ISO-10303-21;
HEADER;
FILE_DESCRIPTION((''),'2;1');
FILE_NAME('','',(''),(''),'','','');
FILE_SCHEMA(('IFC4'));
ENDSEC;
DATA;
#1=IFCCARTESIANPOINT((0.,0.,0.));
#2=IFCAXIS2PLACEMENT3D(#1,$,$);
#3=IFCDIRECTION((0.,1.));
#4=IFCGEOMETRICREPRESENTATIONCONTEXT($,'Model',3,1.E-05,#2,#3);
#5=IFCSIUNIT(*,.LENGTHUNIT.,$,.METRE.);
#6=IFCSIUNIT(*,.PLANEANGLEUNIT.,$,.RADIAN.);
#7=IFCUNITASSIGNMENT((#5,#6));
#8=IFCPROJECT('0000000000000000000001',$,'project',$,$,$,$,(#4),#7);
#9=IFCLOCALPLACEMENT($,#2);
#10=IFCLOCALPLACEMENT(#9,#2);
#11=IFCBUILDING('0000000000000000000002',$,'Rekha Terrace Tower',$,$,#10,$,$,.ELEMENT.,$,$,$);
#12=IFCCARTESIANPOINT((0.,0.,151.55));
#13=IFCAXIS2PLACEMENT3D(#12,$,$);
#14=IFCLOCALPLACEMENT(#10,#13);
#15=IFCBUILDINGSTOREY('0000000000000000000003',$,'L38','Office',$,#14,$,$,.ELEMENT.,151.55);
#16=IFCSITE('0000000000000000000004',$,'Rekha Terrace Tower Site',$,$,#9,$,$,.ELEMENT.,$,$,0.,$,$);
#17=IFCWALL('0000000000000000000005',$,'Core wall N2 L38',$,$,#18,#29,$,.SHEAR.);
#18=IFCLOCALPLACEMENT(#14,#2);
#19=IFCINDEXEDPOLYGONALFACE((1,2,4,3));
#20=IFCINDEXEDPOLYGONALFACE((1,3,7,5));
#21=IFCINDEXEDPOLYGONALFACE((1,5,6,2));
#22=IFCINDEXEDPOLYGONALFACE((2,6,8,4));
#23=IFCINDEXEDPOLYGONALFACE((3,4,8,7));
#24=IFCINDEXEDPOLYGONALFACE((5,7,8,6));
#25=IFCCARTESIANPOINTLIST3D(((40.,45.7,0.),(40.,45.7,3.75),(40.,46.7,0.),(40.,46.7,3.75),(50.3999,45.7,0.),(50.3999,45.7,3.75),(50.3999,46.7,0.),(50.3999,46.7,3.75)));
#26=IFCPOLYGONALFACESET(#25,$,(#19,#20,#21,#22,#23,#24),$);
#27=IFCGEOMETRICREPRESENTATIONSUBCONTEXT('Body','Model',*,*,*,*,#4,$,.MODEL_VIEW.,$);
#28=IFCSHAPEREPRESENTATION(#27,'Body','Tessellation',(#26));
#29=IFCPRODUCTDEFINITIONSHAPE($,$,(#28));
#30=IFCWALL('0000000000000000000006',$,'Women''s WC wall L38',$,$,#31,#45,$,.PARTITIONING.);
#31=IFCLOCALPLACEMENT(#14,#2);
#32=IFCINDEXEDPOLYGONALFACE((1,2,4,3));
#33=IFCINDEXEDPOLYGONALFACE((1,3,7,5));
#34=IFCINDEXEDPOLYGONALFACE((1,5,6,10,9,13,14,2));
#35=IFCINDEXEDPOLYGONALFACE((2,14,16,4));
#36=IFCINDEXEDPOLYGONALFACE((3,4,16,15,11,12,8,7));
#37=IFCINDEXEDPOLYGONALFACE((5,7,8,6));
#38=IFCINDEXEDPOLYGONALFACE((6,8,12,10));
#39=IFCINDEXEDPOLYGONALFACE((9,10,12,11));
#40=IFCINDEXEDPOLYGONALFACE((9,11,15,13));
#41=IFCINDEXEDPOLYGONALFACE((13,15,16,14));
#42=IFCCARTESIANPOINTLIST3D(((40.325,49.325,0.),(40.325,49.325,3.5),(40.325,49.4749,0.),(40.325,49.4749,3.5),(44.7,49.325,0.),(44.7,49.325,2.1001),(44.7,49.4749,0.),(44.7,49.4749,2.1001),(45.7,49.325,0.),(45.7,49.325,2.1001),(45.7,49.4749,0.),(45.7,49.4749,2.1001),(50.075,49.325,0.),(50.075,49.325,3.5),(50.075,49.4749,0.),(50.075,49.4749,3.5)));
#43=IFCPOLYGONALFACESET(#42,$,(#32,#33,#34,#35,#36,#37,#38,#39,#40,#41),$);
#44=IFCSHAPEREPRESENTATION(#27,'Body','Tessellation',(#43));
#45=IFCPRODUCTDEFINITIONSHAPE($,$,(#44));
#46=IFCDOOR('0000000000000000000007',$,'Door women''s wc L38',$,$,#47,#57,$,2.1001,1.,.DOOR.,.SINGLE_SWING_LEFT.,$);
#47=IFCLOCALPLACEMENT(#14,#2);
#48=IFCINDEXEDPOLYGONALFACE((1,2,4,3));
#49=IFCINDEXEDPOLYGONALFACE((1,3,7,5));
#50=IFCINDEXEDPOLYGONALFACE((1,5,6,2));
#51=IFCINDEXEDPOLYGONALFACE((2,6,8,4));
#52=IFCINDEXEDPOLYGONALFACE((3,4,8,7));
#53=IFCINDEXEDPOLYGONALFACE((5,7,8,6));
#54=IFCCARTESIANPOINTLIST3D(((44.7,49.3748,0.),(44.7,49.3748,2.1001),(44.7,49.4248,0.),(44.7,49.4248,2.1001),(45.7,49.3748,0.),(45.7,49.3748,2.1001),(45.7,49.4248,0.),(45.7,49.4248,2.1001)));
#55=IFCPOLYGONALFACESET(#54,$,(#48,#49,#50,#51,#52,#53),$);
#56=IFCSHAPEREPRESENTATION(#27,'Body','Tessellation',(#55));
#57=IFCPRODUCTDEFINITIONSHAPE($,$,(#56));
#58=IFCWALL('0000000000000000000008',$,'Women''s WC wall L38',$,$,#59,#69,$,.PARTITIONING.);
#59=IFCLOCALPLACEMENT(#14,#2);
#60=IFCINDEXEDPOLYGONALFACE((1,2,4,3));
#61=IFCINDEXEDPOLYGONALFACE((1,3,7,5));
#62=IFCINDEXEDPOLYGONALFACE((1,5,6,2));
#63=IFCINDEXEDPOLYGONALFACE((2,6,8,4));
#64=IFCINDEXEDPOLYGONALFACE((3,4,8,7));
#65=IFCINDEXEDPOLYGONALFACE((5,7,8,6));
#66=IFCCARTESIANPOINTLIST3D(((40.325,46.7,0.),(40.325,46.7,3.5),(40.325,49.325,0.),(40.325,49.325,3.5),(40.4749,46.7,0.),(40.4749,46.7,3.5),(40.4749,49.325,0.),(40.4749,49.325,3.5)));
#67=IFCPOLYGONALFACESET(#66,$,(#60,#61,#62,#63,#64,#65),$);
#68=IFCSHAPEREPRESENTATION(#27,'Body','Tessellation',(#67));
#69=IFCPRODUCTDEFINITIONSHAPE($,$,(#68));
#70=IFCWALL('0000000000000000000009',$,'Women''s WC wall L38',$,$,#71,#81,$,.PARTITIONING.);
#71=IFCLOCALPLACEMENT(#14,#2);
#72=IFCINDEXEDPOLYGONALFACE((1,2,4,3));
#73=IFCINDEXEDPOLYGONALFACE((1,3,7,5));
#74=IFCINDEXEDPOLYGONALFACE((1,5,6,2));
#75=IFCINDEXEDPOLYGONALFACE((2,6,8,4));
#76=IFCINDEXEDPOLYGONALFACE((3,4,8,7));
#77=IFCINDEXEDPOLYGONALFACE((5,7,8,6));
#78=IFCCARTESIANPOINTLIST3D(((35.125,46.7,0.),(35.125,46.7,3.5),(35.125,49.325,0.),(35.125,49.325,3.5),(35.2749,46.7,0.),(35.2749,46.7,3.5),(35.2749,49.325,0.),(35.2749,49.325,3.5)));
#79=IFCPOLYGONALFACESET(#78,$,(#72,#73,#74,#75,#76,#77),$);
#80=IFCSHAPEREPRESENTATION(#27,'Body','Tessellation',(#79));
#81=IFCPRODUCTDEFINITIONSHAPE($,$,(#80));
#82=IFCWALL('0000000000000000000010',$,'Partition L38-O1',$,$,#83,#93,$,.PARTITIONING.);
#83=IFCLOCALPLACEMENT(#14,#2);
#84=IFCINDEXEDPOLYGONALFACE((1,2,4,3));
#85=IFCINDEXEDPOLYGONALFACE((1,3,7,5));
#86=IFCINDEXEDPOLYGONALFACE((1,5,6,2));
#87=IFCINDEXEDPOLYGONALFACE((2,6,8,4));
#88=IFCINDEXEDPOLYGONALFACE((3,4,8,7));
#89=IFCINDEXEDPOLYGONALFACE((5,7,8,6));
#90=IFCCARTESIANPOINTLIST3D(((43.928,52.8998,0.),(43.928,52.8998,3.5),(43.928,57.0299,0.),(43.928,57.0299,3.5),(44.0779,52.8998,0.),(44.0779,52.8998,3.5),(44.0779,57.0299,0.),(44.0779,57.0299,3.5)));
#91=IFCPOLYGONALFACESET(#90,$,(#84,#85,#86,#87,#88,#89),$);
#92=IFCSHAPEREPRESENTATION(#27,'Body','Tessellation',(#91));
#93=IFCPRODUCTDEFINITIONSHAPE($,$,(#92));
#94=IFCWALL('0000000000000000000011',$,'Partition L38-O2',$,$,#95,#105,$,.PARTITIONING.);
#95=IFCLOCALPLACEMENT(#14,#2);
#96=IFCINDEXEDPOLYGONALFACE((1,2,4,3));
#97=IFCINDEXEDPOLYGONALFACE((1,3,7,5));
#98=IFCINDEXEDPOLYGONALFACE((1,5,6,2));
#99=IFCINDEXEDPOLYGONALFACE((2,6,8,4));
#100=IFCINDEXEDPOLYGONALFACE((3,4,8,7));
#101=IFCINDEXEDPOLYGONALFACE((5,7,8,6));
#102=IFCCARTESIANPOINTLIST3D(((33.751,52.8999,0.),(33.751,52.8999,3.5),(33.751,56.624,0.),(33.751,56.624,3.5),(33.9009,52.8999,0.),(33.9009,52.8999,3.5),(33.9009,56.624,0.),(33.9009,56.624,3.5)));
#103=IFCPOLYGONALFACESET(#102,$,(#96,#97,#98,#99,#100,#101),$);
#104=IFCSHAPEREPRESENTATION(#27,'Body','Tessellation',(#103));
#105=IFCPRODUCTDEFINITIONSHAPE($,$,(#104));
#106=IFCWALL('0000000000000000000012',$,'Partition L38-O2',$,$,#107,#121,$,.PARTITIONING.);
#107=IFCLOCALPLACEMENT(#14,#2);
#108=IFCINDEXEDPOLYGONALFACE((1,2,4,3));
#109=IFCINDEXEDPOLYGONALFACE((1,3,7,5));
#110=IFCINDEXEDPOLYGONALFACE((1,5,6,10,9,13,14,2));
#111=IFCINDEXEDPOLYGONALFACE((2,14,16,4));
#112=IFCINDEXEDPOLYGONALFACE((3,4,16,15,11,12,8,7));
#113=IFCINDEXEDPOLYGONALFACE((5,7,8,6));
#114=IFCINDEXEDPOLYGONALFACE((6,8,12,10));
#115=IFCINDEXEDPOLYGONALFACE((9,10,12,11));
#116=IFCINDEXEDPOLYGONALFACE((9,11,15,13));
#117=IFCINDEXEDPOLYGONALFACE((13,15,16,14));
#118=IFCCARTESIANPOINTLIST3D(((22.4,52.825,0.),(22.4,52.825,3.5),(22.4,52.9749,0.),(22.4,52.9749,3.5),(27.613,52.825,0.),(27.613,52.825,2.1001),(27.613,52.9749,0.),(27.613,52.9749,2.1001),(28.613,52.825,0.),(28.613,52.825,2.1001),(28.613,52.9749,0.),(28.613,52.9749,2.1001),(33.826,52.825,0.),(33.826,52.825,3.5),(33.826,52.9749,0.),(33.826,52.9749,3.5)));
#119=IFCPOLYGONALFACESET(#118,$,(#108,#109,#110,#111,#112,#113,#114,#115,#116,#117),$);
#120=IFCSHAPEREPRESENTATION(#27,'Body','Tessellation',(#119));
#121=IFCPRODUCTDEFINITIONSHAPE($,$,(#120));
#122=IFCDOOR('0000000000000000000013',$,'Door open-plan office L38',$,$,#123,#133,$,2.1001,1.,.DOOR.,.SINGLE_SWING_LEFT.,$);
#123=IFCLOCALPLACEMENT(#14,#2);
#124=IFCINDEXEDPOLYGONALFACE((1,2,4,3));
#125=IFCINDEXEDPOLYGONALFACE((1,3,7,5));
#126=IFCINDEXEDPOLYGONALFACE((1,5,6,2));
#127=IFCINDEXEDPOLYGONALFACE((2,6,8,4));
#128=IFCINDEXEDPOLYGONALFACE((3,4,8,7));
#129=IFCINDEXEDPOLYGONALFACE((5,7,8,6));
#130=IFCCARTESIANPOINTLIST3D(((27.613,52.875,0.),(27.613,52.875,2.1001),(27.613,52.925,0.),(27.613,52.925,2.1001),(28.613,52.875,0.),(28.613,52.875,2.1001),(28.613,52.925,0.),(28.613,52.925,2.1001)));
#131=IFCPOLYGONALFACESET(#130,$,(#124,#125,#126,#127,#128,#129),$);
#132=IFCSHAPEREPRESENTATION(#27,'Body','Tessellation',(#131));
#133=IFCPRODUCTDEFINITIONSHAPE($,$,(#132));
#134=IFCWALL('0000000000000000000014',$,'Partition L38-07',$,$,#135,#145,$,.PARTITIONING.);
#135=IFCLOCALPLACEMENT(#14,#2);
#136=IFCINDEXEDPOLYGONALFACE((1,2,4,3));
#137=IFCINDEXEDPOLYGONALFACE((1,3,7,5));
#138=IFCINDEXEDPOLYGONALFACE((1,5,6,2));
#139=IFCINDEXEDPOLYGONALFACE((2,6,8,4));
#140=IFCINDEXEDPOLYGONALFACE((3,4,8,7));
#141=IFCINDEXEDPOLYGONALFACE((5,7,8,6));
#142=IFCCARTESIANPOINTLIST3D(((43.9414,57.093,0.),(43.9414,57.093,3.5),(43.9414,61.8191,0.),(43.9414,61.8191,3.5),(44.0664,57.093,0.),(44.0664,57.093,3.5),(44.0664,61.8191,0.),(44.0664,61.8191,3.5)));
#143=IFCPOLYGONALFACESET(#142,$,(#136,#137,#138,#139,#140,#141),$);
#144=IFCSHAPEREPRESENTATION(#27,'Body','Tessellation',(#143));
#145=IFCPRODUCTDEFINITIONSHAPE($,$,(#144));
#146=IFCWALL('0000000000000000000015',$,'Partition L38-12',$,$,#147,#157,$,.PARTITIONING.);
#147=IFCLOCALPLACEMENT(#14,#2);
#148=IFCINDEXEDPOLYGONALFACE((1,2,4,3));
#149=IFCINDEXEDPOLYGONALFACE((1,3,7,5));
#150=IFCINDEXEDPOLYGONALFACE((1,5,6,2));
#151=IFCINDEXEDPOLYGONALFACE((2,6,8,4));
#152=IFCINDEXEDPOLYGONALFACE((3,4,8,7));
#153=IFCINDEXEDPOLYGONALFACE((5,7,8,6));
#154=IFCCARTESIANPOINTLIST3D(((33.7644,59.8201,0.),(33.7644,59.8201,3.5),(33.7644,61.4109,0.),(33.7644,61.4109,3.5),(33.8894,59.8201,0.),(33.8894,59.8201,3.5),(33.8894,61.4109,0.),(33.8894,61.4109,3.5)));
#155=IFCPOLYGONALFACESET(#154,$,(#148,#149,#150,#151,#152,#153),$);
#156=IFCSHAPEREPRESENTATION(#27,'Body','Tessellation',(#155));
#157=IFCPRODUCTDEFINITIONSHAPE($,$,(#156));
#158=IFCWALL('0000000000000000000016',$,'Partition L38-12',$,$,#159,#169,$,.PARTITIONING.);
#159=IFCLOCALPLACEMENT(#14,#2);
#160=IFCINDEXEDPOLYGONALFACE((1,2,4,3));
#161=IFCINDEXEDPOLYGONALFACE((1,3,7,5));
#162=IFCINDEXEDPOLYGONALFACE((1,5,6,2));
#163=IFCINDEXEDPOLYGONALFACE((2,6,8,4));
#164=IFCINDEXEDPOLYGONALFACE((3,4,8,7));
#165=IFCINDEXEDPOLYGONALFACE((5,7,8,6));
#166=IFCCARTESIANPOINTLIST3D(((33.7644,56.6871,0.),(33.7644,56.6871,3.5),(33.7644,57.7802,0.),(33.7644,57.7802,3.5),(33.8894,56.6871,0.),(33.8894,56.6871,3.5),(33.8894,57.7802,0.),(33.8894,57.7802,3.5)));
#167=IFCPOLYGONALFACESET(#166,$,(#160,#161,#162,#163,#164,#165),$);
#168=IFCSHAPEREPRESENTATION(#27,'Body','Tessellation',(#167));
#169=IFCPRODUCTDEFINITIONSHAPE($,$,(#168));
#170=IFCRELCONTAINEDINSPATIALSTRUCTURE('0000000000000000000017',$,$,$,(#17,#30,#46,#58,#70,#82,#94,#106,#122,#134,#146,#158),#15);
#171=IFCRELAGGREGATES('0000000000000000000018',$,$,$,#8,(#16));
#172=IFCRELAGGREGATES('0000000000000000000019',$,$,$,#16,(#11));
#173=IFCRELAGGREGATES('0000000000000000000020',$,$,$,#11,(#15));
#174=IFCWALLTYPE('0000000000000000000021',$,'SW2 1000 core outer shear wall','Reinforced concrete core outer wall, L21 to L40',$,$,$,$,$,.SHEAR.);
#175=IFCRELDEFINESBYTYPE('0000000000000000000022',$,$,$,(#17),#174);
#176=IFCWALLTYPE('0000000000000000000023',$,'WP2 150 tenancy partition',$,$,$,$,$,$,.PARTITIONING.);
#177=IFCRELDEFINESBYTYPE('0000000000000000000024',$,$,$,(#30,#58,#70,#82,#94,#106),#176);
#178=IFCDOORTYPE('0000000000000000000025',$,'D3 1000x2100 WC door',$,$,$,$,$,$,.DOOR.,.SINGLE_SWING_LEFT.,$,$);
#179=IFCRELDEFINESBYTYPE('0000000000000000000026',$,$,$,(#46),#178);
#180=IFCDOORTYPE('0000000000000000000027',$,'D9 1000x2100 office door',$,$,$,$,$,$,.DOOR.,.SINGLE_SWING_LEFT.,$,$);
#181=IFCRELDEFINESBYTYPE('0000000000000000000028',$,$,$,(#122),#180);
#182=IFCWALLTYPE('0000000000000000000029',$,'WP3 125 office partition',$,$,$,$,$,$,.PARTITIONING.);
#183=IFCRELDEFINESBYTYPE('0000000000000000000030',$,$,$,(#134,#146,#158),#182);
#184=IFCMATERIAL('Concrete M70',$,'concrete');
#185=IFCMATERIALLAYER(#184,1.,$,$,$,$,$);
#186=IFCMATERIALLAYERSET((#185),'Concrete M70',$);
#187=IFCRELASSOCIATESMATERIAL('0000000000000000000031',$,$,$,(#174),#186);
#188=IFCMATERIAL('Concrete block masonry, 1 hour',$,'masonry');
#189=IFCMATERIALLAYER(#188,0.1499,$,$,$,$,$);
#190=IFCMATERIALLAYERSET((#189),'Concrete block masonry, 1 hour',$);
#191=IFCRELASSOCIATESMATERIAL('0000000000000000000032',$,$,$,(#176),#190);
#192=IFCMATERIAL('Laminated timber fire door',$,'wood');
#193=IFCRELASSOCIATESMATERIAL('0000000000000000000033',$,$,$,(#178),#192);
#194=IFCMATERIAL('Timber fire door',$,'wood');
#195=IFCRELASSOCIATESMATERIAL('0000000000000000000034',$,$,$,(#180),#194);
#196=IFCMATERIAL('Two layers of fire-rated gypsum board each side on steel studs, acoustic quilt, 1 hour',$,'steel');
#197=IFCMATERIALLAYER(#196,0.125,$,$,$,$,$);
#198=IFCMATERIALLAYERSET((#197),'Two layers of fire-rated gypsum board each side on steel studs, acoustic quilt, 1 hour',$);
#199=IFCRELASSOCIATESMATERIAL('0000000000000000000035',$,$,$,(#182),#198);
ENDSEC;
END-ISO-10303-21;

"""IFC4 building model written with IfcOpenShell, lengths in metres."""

from ifc_helpers import new_model, si_unit, direction, frame, frame_2d, origin, place, context, subcontext, project, spatial, rectangle, extrude, material, layer, layer_set, type_object, element, fill, save


model = new_model("IFC4")

# Units and contexts
model_context = context("Model", 3, precision=1e-05, world=origin(), true_north=direction((0.0, 1.0)))
body_context = subcontext(model_context, "Body", "Model", "MODEL_VIEW")
ifc_project = project(units=[si_unit("LENGTHUNIT", "METRE"), si_unit("PLANEANGLEUNIT", "RADIAN")], contexts=[model_context])

# Site, building, storey
site_placement = place(None, origin())
site = spatial("IfcSite", under=ifc_project, at=site_placement, Name="Rekha Terrace Tower Site", CompositionType="ELEMENT", RefElevation=0.0)
building_placement = place(site_placement, origin())
building = spatial("IfcBuilding", under=site, at=building_placement, Name="Rekha Terrace Tower", CompositionType="ELEMENT")
storey_placement = place(building_placement, frame((0.0, 0.0, 151.55)))
storey = spatial("IfcBuildingStorey", under=building, at=storey_placement, Name="L38", Description="Office", CompositionType="ELEMENT", Elevation=151.55)

# Shared definitions
ifc_material_1 = material(Name="Concrete M70", Category="concrete")

# Wall
ifc_layer_1 = layer(ifc_material_1, 1.0)
ifc_layer_set_1 = layer_set([ifc_layer_1], Name="Concrete M70")
wall_type_1 = type_object("IfcWallType", Name="SW2 1000 core outer shear wall", Description="Reinforced concrete core outer wall, L21 to L40", PredefinedType="SHEAR", material=ifc_layer_set_1)
wall_1_placement = place(storey_placement, frame((40.0, 46.2, 0.0), z_axis=(0.0, 0.0, 1.0), x_axis=(1.0, 0.0, 0.0)))
element("IfcWall", 1, at=wall_1_placement, inside=storey, type_object=wall_type_1, Name="Core wall N2 L38", PredefinedType="SHEAR", context=body_context, shape_type="SweptSolid", body=[
    extrude(rectangle(XDim=10.3999, YDim=1.0, at=frame_2d((5.2, 0.0))), origin(), (0.0, 0.0, 1.0), 3.75),
])

# Wall, opening, door
ifc_material_2 = material(Name="Concrete block masonry, 1 hour", Category="masonry")
ifc_layer_2 = layer(ifc_material_2, 0.1499)
ifc_layer_set_2 = layer_set([ifc_layer_2], Name="Concrete block masonry, 1 hour")
wall_type_2 = type_object("IfcWallType", Name="WP2 150 tenancy partition", PredefinedType="PARTITIONING", material=ifc_layer_set_2)
wall_2_placement = place(storey_placement, frame((40.325, 49.3999, 0.0), z_axis=(0.0, 0.0, 1.0), x_axis=(1.0, 0.0, 0.0)))
wall_2 = element("IfcWall", 2, at=wall_2_placement, inside=storey, type_object=wall_type_2, Name="Women's WC wall L38", PredefinedType="PARTITIONING", context=body_context, shape_type="SweptSolid", body=[
    extrude(rectangle(XDim=9.75, YDim=0.1499, at=frame_2d((4.875, 0.0))), origin(), (0.0, 0.0, 1.0), 3.5),
])
opening_1_placement = place(wall_2_placement, frame((4.375, 0.0, 0.0)))
opening_1 = element("IfcOpeningElement", 3, at=opening_1_placement, cuts=wall_2, PredefinedType="OPENING", context=body_context, shape_type="SweptSolid", body=[
    extrude(rectangle(XDim=1.0, YDim=2.1001, at=frame_2d((0.5, 1.05))), frame((0.0, 0.085, 0.0), z_axis=(0.0, -1.0, 0.0), x_axis=(1.0, 0.0, 0.0)), (0.0, 0.0, 1.0), 0.1699),
])
ifc_material_3 = material(Name="Laminated timber fire door", Category="wood")
door_type_1 = type_object("IfcDoorType", Name="D3 1000x2100 WC door", OperationType="SINGLE_SWING_LEFT", PredefinedType="DOOR", material=ifc_material_3)
door_1_placement = place(opening_1_placement, origin())
door_1 = element("IfcDoor", 4, at=door_1_placement, inside=storey, type_object=door_type_1, Name="Door women's wc L38", OperationType="SINGLE_SWING_LEFT", OverallHeight=2.1001, OverallWidth=1.0, PredefinedType="DOOR", context=body_context, shape_type="SweptSolid", body=[
    extrude(rectangle(XDim=1.0, YDim=2.1001, at=frame_2d((0.5, 1.05))), frame((0.0, 0.0249, 0.0), z_axis=(0.0, -1.0, 0.0), x_axis=(1.0, 0.0, 0.0)), (0.0, 0.0, 1.0), 0.05),
])
fill(opening_1, door_1)

# Walls
for number, where, z_axis, x_axis, name in (
    (5, (40.3999, 46.7, 0.0), (0.0, 0.0, 1.0), (0.0, 1.0, 0.0), "Women's WC wall L38"),
    (6, (35.2, 46.7, 0.0), (0.0, 0.0, 1.0), (0.0, 1.0, 0.0), "Women's WC wall L38"),
):
    element("IfcWall", number, at=place(storey_placement, frame(where, z_axis=z_axis, x_axis=x_axis)), inside=storey, type_object=wall_type_2, Name=name, PredefinedType="PARTITIONING", context=body_context, shape_type="SweptSolid", body=[
        extrude(rectangle(XDim=2.625, YDim=0.1499, at=frame_2d((1.3125, 0.0))), origin(), (0.0, 0.0, 1.0), 3.5),
    ])
wall_3_placement = place(storey_placement, frame((44.0029, 52.8999, 0.0), z_axis=(0.0, 0.0, 1.0), x_axis=(0.0, 1.0, 0.0)))
element("IfcWall", 7, at=wall_3_placement, inside=storey, type_object=wall_type_2, Name="Partition L38-O1", PredefinedType="PARTITIONING", context=body_context, shape_type="SweptSolid", body=[
    extrude(rectangle(XDim=4.1301, YDim=0.1499, at=frame_2d((2.0649, 0.0))), origin(), (0.0, 0.0, 1.0), 3.5),
])
wall_4_placement = place(storey_placement, frame((33.8259, 56.624, 0.0), z_axis=(0.0, 0.0, 1.0), x_axis=(0.0, -1.0, 0.0)))
element("IfcWall", 8, at=wall_4_placement, inside=storey, type_object=wall_type_2, Name="Partition L38-O2", PredefinedType="PARTITIONING", context=body_context, shape_type="SweptSolid", body=[
    extrude(rectangle(XDim=3.7241, YDim=0.1499, at=frame_2d((1.8621, 0.0))), origin(), (0.0, 0.0, 1.0), 3.5),
])

# Wall, opening, door
wall_5_placement = place(storey_placement, frame((33.8259, 52.8999, 0.0), z_axis=(0.0, 0.0, 1.0), x_axis=(-1.0, 0.0, 0.0)))
wall_5 = element("IfcWall", 9, at=wall_5_placement, inside=storey, type_object=wall_type_2, Name="Partition L38-O2", PredefinedType="PARTITIONING", context=body_context, shape_type="SweptSolid", body=[
    extrude(rectangle(XDim=11.426, YDim=0.1499, at=frame_2d((5.7129, 0.0))), origin(), (0.0, 0.0, 1.0), 3.5),
])
opening_2_placement = place(wall_5_placement, frame((5.2129, 0.0, 0.0)))
opening_2 = element("IfcOpeningElement", 10, at=opening_2_placement, cuts=wall_5, PredefinedType="OPENING", context=body_context, shape_type="SweptSolid", body=[
    extrude(rectangle(XDim=1.0, YDim=2.1001, at=frame_2d((0.5, 1.05))), frame((0.0, 0.085, 0.0), z_axis=(0.0, -1.0, 0.0), x_axis=(1.0, 0.0, 0.0)), (0.0, 0.0, 1.0), 0.1699),
])
ifc_material_4 = material(Name="Timber fire door", Category="wood")
door_type_2 = type_object("IfcDoorType", Name="D9 1000x2100 office door", OperationType="SINGLE_SWING_LEFT", PredefinedType="DOOR", material=ifc_material_4)
door_2_placement = place(opening_2_placement, origin())
door_2 = element("IfcDoor", 11, at=door_2_placement, inside=storey, type_object=door_type_2, Name="Door open-plan office L38", OperationType="SINGLE_SWING_LEFT", OverallHeight=2.1001, OverallWidth=1.0, PredefinedType="DOOR", context=body_context, shape_type="SweptSolid", body=[
    extrude(rectangle(XDim=1.0, YDim=2.1001, at=frame_2d((0.5, 1.05))), frame((0.0, 0.0249, 0.0), z_axis=(0.0, -1.0, 0.0), x_axis=(1.0, 0.0, 0.0)), (0.0, 0.0, 1.0), 0.05),
])
fill(opening_2, door_2)

# Walls
ifc_material_5 = material(Name="Two layers of fire-rated gypsum board each side on steel studs, acoustic quilt, 1 hour", Category="steel")
ifc_layer_3 = layer(ifc_material_5, 0.125)
ifc_layer_set_3 = layer_set([ifc_layer_3], Name="Two layers of fire-rated gypsum board each side on steel studs, acoustic quilt, 1 hour")
wall_type_3 = type_object("IfcWallType", Name="WP3 125 office partition", PredefinedType="PARTITIONING", material=ifc_layer_set_3)
wall_6_placement = place(storey_placement, frame((44.0039, 57.093, 0.0), z_axis=(0.0, 0.0, 1.0), x_axis=(0.0, 1.0, 0.0)))
element("IfcWall", 12, at=wall_6_placement, inside=storey, type_object=wall_type_3, Name="Partition L38-07", PredefinedType="PARTITIONING", context=body_context, shape_type="SweptSolid", body=[
    extrude(rectangle(XDim=4.7261, YDim=0.125, at=frame_2d((2.363, 0.0))), origin(), (0.0, 0.0, 1.0), 3.5),
])
wall_7_placement = place(storey_placement, frame((33.8269, 61.4109, 0.0), z_axis=(0.0, 0.0, 1.0), x_axis=(0.0, -1.0, 0.0)))
element("IfcWall", 13, at=wall_7_placement, inside=storey, type_object=wall_type_3, Name="Partition L38-12", PredefinedType="PARTITIONING", context=body_context, shape_type="SweptSolid", body=[
    extrude(rectangle(XDim=1.5908, YDim=0.125, at=frame_2d((0.7954, 0.0))), origin(), (0.0, 0.0, 1.0), 3.5),
])
wall_8_placement = place(storey_placement, frame((33.8269, 57.78, 0.0), z_axis=(0.0, 0.0, 1.0), x_axis=(0.0, -1.0, 0.0)))
element("IfcWall", 14, at=wall_8_placement, inside=storey, type_object=wall_type_3, Name="Partition L38-12", PredefinedType="PARTITIONING", context=body_context, shape_type="SweptSolid", body=[
    extrude(rectangle(XDim=1.093, YDim=0.125, at=frame_2d((0.5464, 0.0))), origin(), (0.0, 0.0, 1.0), 3.5),
])

save(model, "model.ifc")
